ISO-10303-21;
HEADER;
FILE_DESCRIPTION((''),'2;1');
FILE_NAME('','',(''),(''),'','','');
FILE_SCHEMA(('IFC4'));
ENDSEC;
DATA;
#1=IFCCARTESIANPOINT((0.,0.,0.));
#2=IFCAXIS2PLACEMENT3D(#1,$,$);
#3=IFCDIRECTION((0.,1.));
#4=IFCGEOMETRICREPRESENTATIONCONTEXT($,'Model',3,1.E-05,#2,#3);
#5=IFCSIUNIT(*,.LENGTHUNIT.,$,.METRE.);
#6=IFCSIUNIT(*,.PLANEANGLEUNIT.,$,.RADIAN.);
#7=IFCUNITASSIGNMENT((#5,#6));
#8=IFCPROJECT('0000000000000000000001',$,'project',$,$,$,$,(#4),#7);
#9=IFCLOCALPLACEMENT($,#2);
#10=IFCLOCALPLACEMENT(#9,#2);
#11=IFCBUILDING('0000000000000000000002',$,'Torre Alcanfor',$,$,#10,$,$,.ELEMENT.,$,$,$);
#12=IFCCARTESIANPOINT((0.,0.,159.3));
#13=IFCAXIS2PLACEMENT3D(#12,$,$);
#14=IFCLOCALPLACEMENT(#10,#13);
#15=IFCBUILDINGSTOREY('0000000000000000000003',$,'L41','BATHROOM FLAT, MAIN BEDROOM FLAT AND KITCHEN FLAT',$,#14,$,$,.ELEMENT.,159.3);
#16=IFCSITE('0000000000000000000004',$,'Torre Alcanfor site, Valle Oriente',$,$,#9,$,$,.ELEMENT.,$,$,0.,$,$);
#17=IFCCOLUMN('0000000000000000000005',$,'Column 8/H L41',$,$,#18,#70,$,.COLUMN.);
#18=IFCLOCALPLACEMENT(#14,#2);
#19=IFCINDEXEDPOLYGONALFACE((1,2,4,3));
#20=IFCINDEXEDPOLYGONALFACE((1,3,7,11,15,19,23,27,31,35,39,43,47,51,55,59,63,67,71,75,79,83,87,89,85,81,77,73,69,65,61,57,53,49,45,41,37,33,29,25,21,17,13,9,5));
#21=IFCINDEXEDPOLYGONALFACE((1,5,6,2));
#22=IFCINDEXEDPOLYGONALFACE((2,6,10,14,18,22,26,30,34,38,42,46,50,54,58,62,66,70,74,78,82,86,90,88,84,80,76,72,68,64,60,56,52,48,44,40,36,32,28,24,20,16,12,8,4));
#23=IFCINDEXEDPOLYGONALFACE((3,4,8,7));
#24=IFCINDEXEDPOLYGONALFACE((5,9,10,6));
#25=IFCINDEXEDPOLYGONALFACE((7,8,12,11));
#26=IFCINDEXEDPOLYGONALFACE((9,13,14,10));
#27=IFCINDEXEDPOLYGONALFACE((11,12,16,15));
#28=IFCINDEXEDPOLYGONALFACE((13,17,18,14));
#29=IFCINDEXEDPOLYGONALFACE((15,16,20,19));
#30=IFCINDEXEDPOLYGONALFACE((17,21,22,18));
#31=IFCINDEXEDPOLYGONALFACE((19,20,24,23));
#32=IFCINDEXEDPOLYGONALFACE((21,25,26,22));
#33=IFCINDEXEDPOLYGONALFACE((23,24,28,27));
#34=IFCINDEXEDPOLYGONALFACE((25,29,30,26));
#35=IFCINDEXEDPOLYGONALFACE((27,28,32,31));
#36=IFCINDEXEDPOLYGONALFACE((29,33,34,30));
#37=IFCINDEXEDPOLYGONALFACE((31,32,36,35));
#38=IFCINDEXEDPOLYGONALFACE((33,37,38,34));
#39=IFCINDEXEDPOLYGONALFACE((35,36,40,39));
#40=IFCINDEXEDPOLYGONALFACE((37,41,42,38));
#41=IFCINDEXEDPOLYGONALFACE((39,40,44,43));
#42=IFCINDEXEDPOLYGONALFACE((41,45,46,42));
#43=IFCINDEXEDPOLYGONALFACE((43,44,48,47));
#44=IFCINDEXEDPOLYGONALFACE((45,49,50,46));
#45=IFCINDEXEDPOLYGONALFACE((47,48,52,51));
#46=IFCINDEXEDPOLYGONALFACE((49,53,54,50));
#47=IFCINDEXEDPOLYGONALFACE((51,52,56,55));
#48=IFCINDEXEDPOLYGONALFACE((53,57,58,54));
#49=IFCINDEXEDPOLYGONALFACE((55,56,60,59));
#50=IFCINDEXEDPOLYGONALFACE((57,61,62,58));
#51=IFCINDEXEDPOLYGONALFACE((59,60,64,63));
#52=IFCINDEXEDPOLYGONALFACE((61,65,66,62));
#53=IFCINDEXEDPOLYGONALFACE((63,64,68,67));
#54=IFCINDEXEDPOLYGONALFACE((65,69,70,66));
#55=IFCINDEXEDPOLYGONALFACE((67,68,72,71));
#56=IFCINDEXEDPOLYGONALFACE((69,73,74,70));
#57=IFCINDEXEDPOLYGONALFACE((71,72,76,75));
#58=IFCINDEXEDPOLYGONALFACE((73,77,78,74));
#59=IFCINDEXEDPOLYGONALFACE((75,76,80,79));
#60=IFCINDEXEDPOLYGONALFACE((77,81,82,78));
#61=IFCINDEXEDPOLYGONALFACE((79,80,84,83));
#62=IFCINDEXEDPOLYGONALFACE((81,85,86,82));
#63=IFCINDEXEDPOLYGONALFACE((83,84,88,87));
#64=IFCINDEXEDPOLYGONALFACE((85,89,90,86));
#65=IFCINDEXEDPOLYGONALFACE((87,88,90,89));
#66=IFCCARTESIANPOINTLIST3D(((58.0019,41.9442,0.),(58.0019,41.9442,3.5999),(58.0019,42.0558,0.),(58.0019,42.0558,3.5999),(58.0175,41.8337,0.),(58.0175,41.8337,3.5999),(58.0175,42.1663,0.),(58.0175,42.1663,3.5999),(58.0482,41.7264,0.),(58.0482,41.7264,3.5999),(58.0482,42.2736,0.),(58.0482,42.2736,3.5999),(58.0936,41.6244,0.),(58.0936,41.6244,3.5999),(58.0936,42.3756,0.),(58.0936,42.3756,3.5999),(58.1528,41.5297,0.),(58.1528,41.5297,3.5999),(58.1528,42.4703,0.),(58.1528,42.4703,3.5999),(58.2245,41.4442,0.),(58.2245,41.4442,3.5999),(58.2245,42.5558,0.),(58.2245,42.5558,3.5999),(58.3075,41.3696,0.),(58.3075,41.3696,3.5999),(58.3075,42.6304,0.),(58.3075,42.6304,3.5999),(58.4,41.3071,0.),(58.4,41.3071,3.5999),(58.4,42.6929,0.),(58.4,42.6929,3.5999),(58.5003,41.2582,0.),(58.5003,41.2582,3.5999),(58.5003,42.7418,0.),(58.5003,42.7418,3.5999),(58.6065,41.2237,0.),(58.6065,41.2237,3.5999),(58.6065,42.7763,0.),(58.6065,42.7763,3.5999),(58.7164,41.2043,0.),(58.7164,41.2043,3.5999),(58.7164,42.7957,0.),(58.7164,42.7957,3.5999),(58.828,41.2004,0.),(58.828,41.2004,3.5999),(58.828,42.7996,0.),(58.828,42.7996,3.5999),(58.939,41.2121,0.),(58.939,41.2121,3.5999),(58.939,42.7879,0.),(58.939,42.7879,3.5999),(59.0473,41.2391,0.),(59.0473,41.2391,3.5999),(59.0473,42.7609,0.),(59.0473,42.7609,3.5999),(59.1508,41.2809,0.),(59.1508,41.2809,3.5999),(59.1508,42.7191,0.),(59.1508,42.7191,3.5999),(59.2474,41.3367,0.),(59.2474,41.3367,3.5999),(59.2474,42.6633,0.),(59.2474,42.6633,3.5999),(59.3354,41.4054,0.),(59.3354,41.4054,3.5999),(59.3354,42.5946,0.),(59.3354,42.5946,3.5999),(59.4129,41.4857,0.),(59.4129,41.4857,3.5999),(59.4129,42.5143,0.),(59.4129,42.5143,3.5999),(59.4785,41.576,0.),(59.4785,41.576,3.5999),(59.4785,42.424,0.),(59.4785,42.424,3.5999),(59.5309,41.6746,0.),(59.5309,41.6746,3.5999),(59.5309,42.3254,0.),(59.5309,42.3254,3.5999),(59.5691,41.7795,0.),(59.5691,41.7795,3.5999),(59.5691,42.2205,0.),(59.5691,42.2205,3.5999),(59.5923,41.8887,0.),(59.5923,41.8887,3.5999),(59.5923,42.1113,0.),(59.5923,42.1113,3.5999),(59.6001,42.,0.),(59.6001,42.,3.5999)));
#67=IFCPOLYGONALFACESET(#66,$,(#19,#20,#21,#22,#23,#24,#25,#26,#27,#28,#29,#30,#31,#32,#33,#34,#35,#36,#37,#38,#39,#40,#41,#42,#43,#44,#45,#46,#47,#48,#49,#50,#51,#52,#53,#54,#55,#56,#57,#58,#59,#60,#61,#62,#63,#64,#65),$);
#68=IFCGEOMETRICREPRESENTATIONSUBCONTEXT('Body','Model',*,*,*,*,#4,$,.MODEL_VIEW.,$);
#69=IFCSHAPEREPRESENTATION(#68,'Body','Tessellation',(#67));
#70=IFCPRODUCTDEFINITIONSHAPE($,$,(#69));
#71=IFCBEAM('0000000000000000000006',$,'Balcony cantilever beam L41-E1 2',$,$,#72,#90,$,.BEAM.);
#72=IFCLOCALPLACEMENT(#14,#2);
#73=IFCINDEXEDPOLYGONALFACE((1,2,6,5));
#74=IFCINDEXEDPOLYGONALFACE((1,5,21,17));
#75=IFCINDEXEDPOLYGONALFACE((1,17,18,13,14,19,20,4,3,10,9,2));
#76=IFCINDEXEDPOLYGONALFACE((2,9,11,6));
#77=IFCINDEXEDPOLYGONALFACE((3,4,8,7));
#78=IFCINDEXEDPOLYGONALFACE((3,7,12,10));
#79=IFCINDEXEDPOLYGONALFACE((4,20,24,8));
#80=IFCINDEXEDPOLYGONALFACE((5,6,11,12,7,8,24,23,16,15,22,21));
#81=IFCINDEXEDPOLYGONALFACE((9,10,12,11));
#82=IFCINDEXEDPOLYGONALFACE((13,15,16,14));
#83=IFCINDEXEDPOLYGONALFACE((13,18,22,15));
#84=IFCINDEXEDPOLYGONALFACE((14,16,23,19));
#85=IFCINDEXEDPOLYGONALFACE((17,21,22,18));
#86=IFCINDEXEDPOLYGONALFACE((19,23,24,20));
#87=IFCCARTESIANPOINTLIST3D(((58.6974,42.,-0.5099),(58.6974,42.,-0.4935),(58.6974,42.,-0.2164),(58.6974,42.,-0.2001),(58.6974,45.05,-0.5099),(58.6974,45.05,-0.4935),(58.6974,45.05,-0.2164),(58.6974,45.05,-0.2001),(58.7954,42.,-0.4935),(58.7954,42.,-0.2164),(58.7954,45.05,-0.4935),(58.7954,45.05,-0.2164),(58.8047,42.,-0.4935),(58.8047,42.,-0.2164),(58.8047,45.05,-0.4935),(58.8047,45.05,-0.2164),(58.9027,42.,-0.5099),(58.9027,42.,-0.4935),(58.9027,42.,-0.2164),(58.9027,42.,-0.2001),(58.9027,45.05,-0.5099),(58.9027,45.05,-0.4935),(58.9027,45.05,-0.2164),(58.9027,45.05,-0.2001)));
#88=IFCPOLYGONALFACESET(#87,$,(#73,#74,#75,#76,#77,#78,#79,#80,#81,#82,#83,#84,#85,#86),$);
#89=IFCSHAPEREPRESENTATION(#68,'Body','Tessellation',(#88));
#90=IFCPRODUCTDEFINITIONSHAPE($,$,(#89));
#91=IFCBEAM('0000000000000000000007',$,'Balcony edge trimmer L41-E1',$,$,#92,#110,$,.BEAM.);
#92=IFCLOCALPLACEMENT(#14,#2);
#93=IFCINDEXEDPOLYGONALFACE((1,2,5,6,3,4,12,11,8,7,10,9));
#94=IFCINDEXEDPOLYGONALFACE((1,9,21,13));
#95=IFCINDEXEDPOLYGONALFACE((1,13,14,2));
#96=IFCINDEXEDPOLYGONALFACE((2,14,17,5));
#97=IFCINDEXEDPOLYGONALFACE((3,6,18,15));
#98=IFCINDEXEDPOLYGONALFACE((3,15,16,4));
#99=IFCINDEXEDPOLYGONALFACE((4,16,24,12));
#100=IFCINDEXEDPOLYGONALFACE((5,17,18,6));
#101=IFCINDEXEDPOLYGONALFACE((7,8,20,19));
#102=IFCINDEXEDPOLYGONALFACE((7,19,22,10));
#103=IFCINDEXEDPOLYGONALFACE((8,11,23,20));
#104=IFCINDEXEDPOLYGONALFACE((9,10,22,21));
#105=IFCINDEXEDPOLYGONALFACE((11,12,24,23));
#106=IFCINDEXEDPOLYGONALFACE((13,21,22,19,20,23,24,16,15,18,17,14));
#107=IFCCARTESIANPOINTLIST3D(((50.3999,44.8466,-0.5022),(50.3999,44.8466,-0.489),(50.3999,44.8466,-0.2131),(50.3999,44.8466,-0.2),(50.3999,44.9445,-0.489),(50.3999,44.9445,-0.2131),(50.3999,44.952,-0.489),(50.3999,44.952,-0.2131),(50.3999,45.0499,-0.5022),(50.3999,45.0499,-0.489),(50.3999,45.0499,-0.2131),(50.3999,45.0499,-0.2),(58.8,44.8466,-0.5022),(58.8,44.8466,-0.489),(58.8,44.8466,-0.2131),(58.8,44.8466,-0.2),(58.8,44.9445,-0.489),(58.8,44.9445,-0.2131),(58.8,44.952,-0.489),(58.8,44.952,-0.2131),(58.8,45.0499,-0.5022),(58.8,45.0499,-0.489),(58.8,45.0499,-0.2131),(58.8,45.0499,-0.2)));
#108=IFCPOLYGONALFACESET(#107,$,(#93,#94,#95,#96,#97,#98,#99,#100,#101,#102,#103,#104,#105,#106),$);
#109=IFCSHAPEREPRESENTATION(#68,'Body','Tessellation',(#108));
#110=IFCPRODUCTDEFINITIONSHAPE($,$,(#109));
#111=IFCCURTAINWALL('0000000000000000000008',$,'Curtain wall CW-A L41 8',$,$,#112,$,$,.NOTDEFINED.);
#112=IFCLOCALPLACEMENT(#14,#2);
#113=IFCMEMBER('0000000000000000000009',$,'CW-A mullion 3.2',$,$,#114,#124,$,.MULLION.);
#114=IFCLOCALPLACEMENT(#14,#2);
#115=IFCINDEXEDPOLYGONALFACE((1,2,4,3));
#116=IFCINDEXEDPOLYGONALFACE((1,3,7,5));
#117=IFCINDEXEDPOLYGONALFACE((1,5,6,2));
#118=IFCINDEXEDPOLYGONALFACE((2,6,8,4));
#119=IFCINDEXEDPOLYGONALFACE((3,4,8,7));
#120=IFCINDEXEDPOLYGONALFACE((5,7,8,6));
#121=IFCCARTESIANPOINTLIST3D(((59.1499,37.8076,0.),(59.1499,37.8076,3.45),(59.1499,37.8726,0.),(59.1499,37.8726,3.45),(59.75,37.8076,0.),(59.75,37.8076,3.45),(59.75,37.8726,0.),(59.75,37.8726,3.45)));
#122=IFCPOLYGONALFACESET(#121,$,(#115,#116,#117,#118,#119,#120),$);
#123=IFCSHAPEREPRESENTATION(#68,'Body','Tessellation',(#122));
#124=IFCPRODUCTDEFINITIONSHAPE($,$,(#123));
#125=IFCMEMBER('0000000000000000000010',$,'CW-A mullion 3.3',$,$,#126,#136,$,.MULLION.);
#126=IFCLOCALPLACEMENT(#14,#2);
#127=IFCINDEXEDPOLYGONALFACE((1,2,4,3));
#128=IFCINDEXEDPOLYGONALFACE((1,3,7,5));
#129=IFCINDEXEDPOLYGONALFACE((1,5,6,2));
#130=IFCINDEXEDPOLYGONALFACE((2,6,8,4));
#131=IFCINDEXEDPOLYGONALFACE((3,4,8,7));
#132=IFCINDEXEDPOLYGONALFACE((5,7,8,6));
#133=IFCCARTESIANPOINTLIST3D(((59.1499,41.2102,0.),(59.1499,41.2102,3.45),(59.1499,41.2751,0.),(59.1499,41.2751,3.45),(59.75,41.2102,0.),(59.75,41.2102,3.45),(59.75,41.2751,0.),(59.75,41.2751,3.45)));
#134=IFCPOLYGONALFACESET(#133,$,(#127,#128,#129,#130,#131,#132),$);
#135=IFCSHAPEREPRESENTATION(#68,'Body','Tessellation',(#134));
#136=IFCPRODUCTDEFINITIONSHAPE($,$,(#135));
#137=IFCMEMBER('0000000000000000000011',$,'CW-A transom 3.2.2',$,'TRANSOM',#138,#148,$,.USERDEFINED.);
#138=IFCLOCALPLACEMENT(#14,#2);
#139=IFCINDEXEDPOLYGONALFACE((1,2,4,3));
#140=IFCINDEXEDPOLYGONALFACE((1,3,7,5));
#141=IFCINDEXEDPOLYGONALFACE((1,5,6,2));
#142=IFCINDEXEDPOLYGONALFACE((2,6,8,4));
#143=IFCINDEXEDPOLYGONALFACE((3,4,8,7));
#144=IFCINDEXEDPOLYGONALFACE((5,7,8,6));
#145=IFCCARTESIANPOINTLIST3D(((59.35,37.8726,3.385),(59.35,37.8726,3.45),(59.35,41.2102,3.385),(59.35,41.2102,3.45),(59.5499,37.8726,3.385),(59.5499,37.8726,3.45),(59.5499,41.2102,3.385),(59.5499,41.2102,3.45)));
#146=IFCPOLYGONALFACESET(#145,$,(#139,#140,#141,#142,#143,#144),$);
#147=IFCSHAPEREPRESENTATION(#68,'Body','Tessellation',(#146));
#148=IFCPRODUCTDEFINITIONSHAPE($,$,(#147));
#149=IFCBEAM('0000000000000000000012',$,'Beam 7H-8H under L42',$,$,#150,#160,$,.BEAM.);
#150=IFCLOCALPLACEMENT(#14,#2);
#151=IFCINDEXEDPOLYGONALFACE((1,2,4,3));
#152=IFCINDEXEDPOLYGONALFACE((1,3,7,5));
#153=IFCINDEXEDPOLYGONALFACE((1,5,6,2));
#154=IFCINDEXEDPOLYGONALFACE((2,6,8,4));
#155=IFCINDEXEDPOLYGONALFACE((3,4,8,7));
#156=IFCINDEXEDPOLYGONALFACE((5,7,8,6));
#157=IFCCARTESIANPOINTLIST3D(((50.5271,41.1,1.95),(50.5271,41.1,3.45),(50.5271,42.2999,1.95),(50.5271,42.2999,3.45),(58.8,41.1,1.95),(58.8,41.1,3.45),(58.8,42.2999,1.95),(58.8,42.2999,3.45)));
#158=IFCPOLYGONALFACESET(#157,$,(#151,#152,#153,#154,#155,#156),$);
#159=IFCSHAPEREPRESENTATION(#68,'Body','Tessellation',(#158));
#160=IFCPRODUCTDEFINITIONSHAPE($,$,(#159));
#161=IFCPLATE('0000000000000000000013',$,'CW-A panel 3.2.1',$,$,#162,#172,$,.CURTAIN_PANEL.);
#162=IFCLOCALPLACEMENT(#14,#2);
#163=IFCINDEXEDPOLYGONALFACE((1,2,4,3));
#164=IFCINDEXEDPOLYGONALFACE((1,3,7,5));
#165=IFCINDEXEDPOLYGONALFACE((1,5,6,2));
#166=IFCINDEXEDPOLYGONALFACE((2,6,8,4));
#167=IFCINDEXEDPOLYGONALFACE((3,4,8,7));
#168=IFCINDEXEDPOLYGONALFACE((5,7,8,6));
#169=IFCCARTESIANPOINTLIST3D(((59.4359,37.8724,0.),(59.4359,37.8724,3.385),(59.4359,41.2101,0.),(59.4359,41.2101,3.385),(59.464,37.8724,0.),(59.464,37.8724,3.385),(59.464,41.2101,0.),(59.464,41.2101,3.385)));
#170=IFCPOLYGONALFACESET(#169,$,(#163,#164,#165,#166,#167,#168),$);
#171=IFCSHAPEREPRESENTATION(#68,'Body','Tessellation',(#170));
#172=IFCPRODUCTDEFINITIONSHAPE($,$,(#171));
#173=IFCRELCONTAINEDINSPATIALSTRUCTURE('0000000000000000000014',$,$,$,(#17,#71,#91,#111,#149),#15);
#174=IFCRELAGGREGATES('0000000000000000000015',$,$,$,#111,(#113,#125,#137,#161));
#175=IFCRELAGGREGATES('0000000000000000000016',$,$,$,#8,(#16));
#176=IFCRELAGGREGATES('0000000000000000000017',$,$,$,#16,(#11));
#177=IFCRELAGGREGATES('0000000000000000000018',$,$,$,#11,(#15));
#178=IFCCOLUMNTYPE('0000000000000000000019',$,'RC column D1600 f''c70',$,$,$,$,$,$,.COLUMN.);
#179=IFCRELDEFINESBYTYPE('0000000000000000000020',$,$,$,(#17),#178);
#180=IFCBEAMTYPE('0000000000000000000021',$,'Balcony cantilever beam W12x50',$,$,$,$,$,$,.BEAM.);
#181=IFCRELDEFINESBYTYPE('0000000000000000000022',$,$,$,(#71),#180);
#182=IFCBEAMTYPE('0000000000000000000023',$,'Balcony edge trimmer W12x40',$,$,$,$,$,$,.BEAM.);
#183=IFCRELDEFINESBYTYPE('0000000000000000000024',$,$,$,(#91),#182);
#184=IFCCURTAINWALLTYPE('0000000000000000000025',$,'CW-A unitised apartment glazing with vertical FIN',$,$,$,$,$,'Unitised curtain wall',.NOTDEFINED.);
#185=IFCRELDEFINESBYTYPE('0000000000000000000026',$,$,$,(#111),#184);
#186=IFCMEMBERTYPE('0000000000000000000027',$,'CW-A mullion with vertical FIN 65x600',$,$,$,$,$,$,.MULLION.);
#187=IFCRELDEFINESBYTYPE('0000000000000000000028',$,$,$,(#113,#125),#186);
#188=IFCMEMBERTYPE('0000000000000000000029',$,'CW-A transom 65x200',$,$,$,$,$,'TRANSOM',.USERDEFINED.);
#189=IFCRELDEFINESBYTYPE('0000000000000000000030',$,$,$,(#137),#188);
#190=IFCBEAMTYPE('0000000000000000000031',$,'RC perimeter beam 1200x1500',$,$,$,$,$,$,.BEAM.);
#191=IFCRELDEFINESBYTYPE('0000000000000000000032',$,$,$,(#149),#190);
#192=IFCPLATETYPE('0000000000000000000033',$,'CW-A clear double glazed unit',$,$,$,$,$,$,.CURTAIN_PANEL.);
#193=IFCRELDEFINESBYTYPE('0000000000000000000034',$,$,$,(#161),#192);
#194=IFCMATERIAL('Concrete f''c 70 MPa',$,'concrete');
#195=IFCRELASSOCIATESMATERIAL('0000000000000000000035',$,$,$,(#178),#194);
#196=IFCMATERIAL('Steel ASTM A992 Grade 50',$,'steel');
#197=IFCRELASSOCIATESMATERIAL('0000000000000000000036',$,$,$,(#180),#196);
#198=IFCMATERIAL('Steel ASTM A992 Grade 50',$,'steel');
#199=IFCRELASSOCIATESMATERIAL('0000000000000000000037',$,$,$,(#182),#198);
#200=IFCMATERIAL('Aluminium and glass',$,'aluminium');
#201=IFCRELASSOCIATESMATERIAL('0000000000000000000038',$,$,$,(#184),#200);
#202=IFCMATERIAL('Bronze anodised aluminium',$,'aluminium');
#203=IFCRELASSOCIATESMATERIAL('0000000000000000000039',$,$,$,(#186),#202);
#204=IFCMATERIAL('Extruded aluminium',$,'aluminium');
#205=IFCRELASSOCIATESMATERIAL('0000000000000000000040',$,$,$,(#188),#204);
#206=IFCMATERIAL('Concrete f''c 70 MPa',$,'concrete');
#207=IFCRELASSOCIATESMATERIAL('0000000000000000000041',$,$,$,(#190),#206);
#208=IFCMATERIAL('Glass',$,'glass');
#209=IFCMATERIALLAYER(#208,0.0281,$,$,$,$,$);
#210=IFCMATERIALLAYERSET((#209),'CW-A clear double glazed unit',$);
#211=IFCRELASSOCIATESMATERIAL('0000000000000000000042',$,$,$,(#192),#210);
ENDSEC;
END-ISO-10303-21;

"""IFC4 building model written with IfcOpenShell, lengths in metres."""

from ifc_helpers import new_model, si_unit, direction, frame, origin, origin_2d, place, context, subcontext, project, spatial, rectangle, circle, i_section, extrude, material, layer, layer_set, material_profile, profile_set, type_object, element, aggregate, save


model = new_model("IFC4")

# Units and contexts
model_context = context("Model", 3, precision=1e-05, world=origin(), true_north=direction((0.0, 1.0)))
body_context = subcontext(model_context, "Body", "Model", "MODEL_VIEW")
ifc_project = project(units=[si_unit("LENGTHUNIT", "METRE"), si_unit("PLANEANGLEUNIT", "RADIAN")], contexts=[model_context])

# Site, building, storey
site_placement = place(None, origin())
site = spatial("IfcSite", under=ifc_project, at=site_placement, Name="Torre Alcanfor site, Valle Oriente", CompositionType="ELEMENT", RefElevation=0.0)
building_placement = place(site_placement, origin())
building = spatial("IfcBuilding", under=site, at=building_placement, Name="Torre Alcanfor", CompositionType="ELEMENT")
storey_placement = place(building_placement, frame((0.0, 0.0, 159.3)))
storey = spatial("IfcBuildingStorey", under=building, at=storey_placement, Name="L41", Description="BATHROOM FLAT, MAIN BEDROOM FLAT AND KITCHEN FLAT", CompositionType="ELEMENT", Elevation=159.3)

# Column
ifc_material_1 = material(Name="Concrete f'c 70 MPa", Category="concrete")
ifc_material_profile_1 = material_profile(ifc_material_1, circle(Radius=0.8, at=origin_2d()), Name="D1600")
ifc_profile_set_1 = profile_set([ifc_material_profile_1], Name="Concrete f'c 70 MPa")
column_type = type_object("IfcColumnType", Name="RC column D1600 f'c70", PredefinedType="COLUMN", material=ifc_profile_set_1)
column_placement = place(storey_placement, frame((58.8, 42.0, 0.0), z_axis=(0.0, 0.0, 1.0), x_axis=(1.0, 0.0, 0.0)))
element("IfcColumn", 1, at=column_placement, inside=storey, type_object=column_type, Name="Column 8/H L41", PredefinedType="COLUMN", context=body_context, shape_type="SweptSolid", body=[
    extrude(circle(Radius=0.8, at=origin_2d()), origin(), (0.0, 0.0, 1.0), 3.5999),
])

# Beams
ifc_material_2 = material(Name="Steel ASTM A992 Grade 50", Category="steel")
ifc_material_profile_2 = material_profile(ifc_material_2, i_section(OverallWidth=0.2053, OverallDepth=0.3098, WebThickness=0.0093, FlangeThickness=0.0164, at=origin_2d()), Name="W12x50")
ifc_profile_set_2 = profile_set([ifc_material_profile_2], Name="Steel ASTM A992 Grade 50")
beam_type_1 = type_object("IfcBeamType", Name="Balcony cantilever beam W12x50", PredefinedType="BEAM", material=ifc_profile_set_2)
beam_1_placement = place(storey_placement, frame((58.8, 42.0, -0.355), z_axis=(0.0, 1.0, 0.0), x_axis=(-1.0, 0.0, 0.0)))
element("IfcBeam", 2, at=beam_1_placement, inside=storey, type_object=beam_type_1, Name="Balcony cantilever beam L41-E1 2", PredefinedType="BEAM", context=body_context, shape_type="SweptSolid", body=[
    extrude(i_section(OverallWidth=0.2053, OverallDepth=0.3098, WebThickness=0.0093, FlangeThickness=0.0164, at=origin_2d()), origin(), (0.0, 0.0, 1.0), 3.05),
])
ifc_material_3 = material(Name="Steel ASTM A992 Grade 50", Category="steel")
ifc_material_profile_3 = material_profile(ifc_material_3, i_section(OverallWidth=0.2034, OverallDepth=0.3022, WebThickness=0.0076, FlangeThickness=0.0132, at=origin_2d()), Name="W12x40")
ifc_profile_set_3 = profile_set([ifc_material_profile_3], Name="Steel ASTM A992 Grade 50")
beam_type_2 = type_object("IfcBeamType", Name="Balcony edge trimmer W12x40", PredefinedType="BEAM", material=ifc_profile_set_3)
beam_2_placement = place(storey_placement, frame((50.3999, 44.9482, -0.3511), z_axis=(1.0, 0.0, 0.0), x_axis=(0.0, 1.0, 0.0)))
element("IfcBeam", 3, at=beam_2_placement, inside=storey, type_object=beam_type_2, Name="Balcony edge trimmer L41-E1", PredefinedType="BEAM", context=body_context, shape_type="SweptSolid", body=[
    extrude(i_section(OverallWidth=0.2034, OverallDepth=0.3022, WebThickness=0.0076, FlangeThickness=0.0132, at=origin_2d()), origin(), (0.0, 0.0, 1.0), 8.4001),
])

# Curtain wall, members
ifc_material_4 = material(Name="Aluminium and glass", Category="aluminium")
curtain_wall_type = type_object("IfcCurtainWallType", Name="CW-A unitised apartment glazing with vertical FIN", ElementType="Unitised curtain wall", PredefinedType="NOTDEFINED", material=ifc_material_4)
curtain_wall_placement = place(storey_placement, origin())
curtain_wall = element("IfcCurtainWall", 4, at=curtain_wall_placement, inside=storey, type_object=curtain_wall_type, Name="Curtain wall CW-A L41 8", PredefinedType="NOTDEFINED")
ifc_material_5 = material(Name="Bronze anodised aluminium", Category="aluminium")
ifc_material_profile_4 = material_profile(ifc_material_5, rectangle(XDim=0.6001, YDim=0.0649, at=origin_2d()), Name="CW-A mullion 65x600")
ifc_profile_set_4 = profile_set([ifc_material_profile_4], Name="Bronze anodised aluminium")
member_type_1 = type_object("IfcMemberType", Name="CW-A mullion with vertical FIN 65x600", PredefinedType="MULLION", material=ifc_profile_set_4)
member_1_placement = place(storey_placement, frame((59.45, 37.8401, 0.0), z_axis=(0.0, 0.0, 1.0), x_axis=(-1.0, 0.0, 0.0)))
member_1 = element("IfcMember", 5, at=member_1_placement, type_object=member_type_1, Name="CW-A mullion 3.2", PredefinedType="MULLION", context=body_context, shape_type="SweptSolid", body=[
    extrude(rectangle(XDim=0.6001, YDim=0.0649, at=origin_2d()), origin(), (0.0, 0.0, 1.0), 3.45),
])
member_2_placement = place(storey_placement, frame((59.45, 41.2427, 0.0), z_axis=(0.0, 0.0, 1.0), x_axis=(-1.0, 0.0, 0.0)))
member_2 = element("IfcMember", 6, at=member_2_placement, type_object=member_type_1, Name="CW-A mullion 3.3", PredefinedType="MULLION", context=body_context, shape_type="SweptSolid", body=[
    extrude(rectangle(XDim=0.6001, YDim=0.0649, at=origin_2d()), origin(), (0.0, 0.0, 1.0), 3.45),
])
ifc_material_6 = material(Name="Extruded aluminium", Category="aluminium")
ifc_material_profile_5 = material_profile(ifc_material_6, rectangle(XDim=0.2, YDim=0.0649, at=origin_2d()), Name="CW-A transom 200x65")
ifc_profile_set_5 = profile_set([ifc_material_profile_5], Name="Extruded aluminium")
member_type_2 = type_object("IfcMemberType", Name="CW-A transom 65x200", ElementType="TRANSOM", PredefinedType="USERDEFINED", material=ifc_profile_set_5)
member_3_placement = place(storey_placement, frame((59.45, 37.8726, 3.4175), z_axis=(0.0, 1.0, 0.0), x_axis=(-1.0, 0.0, 0.0)))
member_3 = element("IfcMember", 7, at=member_3_placement, type_object=member_type_2, Name="CW-A transom 3.2.2", ObjectType="TRANSOM", PredefinedType="USERDEFINED", context=body_context, shape_type="SweptSolid", body=[
    extrude(rectangle(XDim=0.2, YDim=0.0649, at=origin_2d()), origin(), (0.0, 0.0, 1.0), 3.3376),
])

# Beam
ifc_material_7 = material(Name="Concrete f'c 70 MPa", Category="concrete")
ifc_material_profile_6 = material_profile(ifc_material_7, rectangle(XDim=1.2, YDim=1.5, at=origin_2d()), Name="1200x1500")
ifc_profile_set_6 = profile_set([ifc_material_profile_6], Name="Concrete f'c 70 MPa")
beam_type_3 = type_object("IfcBeamType", Name="RC perimeter beam 1200x1500", PredefinedType="BEAM", material=ifc_profile_set_6)
beam_3_placement = place(storey_placement, frame((50.5271, 41.7, 2.7), z_axis=(1.0, 0.0, 0.0), x_axis=(0.0, 1.0, 0.0)))
element("IfcBeam", 8, at=beam_3_placement, inside=storey, type_object=beam_type_3, Name="Beam 7H-8H under L42", PredefinedType="BEAM", context=body_context, shape_type="SweptSolid", body=[
    extrude(rectangle(XDim=1.2, YDim=1.5, at=origin_2d()), origin(), (0.0, 0.0, 1.0), 8.2729),
])

# Plate
ifc_material_8 = material(Name="Glass", Category="glass")
ifc_layer_1 = layer(ifc_material_8, 0.0281)
ifc_layer_set_1 = layer_set([ifc_layer_1], Name="CW-A clear double glazed unit")
plate_type = type_object("IfcPlateType", Name="CW-A clear double glazed unit", PredefinedType="CURTAIN_PANEL", material=ifc_layer_set_1)
plate_placement = place(storey_placement, frame((59.45, 39.5413, 0.0), z_axis=(0.0, 0.0, 1.0), x_axis=(0.0, 1.0, 0.0)))
plate = element("IfcPlate", 9, at=plate_placement, type_object=plate_type, Name="CW-A panel 3.2.1", PredefinedType="CURTAIN_PANEL", context=body_context, shape_type="SweptSolid", body=[
    extrude(rectangle(XDim=3.3376, YDim=0.0281, at=origin_2d()), origin(), (0.0, 0.0, 1.0), 3.385),
])
aggregate(curtain_wall, [member_1, member_2, member_3, plate])

save(model, "model.ifc")
